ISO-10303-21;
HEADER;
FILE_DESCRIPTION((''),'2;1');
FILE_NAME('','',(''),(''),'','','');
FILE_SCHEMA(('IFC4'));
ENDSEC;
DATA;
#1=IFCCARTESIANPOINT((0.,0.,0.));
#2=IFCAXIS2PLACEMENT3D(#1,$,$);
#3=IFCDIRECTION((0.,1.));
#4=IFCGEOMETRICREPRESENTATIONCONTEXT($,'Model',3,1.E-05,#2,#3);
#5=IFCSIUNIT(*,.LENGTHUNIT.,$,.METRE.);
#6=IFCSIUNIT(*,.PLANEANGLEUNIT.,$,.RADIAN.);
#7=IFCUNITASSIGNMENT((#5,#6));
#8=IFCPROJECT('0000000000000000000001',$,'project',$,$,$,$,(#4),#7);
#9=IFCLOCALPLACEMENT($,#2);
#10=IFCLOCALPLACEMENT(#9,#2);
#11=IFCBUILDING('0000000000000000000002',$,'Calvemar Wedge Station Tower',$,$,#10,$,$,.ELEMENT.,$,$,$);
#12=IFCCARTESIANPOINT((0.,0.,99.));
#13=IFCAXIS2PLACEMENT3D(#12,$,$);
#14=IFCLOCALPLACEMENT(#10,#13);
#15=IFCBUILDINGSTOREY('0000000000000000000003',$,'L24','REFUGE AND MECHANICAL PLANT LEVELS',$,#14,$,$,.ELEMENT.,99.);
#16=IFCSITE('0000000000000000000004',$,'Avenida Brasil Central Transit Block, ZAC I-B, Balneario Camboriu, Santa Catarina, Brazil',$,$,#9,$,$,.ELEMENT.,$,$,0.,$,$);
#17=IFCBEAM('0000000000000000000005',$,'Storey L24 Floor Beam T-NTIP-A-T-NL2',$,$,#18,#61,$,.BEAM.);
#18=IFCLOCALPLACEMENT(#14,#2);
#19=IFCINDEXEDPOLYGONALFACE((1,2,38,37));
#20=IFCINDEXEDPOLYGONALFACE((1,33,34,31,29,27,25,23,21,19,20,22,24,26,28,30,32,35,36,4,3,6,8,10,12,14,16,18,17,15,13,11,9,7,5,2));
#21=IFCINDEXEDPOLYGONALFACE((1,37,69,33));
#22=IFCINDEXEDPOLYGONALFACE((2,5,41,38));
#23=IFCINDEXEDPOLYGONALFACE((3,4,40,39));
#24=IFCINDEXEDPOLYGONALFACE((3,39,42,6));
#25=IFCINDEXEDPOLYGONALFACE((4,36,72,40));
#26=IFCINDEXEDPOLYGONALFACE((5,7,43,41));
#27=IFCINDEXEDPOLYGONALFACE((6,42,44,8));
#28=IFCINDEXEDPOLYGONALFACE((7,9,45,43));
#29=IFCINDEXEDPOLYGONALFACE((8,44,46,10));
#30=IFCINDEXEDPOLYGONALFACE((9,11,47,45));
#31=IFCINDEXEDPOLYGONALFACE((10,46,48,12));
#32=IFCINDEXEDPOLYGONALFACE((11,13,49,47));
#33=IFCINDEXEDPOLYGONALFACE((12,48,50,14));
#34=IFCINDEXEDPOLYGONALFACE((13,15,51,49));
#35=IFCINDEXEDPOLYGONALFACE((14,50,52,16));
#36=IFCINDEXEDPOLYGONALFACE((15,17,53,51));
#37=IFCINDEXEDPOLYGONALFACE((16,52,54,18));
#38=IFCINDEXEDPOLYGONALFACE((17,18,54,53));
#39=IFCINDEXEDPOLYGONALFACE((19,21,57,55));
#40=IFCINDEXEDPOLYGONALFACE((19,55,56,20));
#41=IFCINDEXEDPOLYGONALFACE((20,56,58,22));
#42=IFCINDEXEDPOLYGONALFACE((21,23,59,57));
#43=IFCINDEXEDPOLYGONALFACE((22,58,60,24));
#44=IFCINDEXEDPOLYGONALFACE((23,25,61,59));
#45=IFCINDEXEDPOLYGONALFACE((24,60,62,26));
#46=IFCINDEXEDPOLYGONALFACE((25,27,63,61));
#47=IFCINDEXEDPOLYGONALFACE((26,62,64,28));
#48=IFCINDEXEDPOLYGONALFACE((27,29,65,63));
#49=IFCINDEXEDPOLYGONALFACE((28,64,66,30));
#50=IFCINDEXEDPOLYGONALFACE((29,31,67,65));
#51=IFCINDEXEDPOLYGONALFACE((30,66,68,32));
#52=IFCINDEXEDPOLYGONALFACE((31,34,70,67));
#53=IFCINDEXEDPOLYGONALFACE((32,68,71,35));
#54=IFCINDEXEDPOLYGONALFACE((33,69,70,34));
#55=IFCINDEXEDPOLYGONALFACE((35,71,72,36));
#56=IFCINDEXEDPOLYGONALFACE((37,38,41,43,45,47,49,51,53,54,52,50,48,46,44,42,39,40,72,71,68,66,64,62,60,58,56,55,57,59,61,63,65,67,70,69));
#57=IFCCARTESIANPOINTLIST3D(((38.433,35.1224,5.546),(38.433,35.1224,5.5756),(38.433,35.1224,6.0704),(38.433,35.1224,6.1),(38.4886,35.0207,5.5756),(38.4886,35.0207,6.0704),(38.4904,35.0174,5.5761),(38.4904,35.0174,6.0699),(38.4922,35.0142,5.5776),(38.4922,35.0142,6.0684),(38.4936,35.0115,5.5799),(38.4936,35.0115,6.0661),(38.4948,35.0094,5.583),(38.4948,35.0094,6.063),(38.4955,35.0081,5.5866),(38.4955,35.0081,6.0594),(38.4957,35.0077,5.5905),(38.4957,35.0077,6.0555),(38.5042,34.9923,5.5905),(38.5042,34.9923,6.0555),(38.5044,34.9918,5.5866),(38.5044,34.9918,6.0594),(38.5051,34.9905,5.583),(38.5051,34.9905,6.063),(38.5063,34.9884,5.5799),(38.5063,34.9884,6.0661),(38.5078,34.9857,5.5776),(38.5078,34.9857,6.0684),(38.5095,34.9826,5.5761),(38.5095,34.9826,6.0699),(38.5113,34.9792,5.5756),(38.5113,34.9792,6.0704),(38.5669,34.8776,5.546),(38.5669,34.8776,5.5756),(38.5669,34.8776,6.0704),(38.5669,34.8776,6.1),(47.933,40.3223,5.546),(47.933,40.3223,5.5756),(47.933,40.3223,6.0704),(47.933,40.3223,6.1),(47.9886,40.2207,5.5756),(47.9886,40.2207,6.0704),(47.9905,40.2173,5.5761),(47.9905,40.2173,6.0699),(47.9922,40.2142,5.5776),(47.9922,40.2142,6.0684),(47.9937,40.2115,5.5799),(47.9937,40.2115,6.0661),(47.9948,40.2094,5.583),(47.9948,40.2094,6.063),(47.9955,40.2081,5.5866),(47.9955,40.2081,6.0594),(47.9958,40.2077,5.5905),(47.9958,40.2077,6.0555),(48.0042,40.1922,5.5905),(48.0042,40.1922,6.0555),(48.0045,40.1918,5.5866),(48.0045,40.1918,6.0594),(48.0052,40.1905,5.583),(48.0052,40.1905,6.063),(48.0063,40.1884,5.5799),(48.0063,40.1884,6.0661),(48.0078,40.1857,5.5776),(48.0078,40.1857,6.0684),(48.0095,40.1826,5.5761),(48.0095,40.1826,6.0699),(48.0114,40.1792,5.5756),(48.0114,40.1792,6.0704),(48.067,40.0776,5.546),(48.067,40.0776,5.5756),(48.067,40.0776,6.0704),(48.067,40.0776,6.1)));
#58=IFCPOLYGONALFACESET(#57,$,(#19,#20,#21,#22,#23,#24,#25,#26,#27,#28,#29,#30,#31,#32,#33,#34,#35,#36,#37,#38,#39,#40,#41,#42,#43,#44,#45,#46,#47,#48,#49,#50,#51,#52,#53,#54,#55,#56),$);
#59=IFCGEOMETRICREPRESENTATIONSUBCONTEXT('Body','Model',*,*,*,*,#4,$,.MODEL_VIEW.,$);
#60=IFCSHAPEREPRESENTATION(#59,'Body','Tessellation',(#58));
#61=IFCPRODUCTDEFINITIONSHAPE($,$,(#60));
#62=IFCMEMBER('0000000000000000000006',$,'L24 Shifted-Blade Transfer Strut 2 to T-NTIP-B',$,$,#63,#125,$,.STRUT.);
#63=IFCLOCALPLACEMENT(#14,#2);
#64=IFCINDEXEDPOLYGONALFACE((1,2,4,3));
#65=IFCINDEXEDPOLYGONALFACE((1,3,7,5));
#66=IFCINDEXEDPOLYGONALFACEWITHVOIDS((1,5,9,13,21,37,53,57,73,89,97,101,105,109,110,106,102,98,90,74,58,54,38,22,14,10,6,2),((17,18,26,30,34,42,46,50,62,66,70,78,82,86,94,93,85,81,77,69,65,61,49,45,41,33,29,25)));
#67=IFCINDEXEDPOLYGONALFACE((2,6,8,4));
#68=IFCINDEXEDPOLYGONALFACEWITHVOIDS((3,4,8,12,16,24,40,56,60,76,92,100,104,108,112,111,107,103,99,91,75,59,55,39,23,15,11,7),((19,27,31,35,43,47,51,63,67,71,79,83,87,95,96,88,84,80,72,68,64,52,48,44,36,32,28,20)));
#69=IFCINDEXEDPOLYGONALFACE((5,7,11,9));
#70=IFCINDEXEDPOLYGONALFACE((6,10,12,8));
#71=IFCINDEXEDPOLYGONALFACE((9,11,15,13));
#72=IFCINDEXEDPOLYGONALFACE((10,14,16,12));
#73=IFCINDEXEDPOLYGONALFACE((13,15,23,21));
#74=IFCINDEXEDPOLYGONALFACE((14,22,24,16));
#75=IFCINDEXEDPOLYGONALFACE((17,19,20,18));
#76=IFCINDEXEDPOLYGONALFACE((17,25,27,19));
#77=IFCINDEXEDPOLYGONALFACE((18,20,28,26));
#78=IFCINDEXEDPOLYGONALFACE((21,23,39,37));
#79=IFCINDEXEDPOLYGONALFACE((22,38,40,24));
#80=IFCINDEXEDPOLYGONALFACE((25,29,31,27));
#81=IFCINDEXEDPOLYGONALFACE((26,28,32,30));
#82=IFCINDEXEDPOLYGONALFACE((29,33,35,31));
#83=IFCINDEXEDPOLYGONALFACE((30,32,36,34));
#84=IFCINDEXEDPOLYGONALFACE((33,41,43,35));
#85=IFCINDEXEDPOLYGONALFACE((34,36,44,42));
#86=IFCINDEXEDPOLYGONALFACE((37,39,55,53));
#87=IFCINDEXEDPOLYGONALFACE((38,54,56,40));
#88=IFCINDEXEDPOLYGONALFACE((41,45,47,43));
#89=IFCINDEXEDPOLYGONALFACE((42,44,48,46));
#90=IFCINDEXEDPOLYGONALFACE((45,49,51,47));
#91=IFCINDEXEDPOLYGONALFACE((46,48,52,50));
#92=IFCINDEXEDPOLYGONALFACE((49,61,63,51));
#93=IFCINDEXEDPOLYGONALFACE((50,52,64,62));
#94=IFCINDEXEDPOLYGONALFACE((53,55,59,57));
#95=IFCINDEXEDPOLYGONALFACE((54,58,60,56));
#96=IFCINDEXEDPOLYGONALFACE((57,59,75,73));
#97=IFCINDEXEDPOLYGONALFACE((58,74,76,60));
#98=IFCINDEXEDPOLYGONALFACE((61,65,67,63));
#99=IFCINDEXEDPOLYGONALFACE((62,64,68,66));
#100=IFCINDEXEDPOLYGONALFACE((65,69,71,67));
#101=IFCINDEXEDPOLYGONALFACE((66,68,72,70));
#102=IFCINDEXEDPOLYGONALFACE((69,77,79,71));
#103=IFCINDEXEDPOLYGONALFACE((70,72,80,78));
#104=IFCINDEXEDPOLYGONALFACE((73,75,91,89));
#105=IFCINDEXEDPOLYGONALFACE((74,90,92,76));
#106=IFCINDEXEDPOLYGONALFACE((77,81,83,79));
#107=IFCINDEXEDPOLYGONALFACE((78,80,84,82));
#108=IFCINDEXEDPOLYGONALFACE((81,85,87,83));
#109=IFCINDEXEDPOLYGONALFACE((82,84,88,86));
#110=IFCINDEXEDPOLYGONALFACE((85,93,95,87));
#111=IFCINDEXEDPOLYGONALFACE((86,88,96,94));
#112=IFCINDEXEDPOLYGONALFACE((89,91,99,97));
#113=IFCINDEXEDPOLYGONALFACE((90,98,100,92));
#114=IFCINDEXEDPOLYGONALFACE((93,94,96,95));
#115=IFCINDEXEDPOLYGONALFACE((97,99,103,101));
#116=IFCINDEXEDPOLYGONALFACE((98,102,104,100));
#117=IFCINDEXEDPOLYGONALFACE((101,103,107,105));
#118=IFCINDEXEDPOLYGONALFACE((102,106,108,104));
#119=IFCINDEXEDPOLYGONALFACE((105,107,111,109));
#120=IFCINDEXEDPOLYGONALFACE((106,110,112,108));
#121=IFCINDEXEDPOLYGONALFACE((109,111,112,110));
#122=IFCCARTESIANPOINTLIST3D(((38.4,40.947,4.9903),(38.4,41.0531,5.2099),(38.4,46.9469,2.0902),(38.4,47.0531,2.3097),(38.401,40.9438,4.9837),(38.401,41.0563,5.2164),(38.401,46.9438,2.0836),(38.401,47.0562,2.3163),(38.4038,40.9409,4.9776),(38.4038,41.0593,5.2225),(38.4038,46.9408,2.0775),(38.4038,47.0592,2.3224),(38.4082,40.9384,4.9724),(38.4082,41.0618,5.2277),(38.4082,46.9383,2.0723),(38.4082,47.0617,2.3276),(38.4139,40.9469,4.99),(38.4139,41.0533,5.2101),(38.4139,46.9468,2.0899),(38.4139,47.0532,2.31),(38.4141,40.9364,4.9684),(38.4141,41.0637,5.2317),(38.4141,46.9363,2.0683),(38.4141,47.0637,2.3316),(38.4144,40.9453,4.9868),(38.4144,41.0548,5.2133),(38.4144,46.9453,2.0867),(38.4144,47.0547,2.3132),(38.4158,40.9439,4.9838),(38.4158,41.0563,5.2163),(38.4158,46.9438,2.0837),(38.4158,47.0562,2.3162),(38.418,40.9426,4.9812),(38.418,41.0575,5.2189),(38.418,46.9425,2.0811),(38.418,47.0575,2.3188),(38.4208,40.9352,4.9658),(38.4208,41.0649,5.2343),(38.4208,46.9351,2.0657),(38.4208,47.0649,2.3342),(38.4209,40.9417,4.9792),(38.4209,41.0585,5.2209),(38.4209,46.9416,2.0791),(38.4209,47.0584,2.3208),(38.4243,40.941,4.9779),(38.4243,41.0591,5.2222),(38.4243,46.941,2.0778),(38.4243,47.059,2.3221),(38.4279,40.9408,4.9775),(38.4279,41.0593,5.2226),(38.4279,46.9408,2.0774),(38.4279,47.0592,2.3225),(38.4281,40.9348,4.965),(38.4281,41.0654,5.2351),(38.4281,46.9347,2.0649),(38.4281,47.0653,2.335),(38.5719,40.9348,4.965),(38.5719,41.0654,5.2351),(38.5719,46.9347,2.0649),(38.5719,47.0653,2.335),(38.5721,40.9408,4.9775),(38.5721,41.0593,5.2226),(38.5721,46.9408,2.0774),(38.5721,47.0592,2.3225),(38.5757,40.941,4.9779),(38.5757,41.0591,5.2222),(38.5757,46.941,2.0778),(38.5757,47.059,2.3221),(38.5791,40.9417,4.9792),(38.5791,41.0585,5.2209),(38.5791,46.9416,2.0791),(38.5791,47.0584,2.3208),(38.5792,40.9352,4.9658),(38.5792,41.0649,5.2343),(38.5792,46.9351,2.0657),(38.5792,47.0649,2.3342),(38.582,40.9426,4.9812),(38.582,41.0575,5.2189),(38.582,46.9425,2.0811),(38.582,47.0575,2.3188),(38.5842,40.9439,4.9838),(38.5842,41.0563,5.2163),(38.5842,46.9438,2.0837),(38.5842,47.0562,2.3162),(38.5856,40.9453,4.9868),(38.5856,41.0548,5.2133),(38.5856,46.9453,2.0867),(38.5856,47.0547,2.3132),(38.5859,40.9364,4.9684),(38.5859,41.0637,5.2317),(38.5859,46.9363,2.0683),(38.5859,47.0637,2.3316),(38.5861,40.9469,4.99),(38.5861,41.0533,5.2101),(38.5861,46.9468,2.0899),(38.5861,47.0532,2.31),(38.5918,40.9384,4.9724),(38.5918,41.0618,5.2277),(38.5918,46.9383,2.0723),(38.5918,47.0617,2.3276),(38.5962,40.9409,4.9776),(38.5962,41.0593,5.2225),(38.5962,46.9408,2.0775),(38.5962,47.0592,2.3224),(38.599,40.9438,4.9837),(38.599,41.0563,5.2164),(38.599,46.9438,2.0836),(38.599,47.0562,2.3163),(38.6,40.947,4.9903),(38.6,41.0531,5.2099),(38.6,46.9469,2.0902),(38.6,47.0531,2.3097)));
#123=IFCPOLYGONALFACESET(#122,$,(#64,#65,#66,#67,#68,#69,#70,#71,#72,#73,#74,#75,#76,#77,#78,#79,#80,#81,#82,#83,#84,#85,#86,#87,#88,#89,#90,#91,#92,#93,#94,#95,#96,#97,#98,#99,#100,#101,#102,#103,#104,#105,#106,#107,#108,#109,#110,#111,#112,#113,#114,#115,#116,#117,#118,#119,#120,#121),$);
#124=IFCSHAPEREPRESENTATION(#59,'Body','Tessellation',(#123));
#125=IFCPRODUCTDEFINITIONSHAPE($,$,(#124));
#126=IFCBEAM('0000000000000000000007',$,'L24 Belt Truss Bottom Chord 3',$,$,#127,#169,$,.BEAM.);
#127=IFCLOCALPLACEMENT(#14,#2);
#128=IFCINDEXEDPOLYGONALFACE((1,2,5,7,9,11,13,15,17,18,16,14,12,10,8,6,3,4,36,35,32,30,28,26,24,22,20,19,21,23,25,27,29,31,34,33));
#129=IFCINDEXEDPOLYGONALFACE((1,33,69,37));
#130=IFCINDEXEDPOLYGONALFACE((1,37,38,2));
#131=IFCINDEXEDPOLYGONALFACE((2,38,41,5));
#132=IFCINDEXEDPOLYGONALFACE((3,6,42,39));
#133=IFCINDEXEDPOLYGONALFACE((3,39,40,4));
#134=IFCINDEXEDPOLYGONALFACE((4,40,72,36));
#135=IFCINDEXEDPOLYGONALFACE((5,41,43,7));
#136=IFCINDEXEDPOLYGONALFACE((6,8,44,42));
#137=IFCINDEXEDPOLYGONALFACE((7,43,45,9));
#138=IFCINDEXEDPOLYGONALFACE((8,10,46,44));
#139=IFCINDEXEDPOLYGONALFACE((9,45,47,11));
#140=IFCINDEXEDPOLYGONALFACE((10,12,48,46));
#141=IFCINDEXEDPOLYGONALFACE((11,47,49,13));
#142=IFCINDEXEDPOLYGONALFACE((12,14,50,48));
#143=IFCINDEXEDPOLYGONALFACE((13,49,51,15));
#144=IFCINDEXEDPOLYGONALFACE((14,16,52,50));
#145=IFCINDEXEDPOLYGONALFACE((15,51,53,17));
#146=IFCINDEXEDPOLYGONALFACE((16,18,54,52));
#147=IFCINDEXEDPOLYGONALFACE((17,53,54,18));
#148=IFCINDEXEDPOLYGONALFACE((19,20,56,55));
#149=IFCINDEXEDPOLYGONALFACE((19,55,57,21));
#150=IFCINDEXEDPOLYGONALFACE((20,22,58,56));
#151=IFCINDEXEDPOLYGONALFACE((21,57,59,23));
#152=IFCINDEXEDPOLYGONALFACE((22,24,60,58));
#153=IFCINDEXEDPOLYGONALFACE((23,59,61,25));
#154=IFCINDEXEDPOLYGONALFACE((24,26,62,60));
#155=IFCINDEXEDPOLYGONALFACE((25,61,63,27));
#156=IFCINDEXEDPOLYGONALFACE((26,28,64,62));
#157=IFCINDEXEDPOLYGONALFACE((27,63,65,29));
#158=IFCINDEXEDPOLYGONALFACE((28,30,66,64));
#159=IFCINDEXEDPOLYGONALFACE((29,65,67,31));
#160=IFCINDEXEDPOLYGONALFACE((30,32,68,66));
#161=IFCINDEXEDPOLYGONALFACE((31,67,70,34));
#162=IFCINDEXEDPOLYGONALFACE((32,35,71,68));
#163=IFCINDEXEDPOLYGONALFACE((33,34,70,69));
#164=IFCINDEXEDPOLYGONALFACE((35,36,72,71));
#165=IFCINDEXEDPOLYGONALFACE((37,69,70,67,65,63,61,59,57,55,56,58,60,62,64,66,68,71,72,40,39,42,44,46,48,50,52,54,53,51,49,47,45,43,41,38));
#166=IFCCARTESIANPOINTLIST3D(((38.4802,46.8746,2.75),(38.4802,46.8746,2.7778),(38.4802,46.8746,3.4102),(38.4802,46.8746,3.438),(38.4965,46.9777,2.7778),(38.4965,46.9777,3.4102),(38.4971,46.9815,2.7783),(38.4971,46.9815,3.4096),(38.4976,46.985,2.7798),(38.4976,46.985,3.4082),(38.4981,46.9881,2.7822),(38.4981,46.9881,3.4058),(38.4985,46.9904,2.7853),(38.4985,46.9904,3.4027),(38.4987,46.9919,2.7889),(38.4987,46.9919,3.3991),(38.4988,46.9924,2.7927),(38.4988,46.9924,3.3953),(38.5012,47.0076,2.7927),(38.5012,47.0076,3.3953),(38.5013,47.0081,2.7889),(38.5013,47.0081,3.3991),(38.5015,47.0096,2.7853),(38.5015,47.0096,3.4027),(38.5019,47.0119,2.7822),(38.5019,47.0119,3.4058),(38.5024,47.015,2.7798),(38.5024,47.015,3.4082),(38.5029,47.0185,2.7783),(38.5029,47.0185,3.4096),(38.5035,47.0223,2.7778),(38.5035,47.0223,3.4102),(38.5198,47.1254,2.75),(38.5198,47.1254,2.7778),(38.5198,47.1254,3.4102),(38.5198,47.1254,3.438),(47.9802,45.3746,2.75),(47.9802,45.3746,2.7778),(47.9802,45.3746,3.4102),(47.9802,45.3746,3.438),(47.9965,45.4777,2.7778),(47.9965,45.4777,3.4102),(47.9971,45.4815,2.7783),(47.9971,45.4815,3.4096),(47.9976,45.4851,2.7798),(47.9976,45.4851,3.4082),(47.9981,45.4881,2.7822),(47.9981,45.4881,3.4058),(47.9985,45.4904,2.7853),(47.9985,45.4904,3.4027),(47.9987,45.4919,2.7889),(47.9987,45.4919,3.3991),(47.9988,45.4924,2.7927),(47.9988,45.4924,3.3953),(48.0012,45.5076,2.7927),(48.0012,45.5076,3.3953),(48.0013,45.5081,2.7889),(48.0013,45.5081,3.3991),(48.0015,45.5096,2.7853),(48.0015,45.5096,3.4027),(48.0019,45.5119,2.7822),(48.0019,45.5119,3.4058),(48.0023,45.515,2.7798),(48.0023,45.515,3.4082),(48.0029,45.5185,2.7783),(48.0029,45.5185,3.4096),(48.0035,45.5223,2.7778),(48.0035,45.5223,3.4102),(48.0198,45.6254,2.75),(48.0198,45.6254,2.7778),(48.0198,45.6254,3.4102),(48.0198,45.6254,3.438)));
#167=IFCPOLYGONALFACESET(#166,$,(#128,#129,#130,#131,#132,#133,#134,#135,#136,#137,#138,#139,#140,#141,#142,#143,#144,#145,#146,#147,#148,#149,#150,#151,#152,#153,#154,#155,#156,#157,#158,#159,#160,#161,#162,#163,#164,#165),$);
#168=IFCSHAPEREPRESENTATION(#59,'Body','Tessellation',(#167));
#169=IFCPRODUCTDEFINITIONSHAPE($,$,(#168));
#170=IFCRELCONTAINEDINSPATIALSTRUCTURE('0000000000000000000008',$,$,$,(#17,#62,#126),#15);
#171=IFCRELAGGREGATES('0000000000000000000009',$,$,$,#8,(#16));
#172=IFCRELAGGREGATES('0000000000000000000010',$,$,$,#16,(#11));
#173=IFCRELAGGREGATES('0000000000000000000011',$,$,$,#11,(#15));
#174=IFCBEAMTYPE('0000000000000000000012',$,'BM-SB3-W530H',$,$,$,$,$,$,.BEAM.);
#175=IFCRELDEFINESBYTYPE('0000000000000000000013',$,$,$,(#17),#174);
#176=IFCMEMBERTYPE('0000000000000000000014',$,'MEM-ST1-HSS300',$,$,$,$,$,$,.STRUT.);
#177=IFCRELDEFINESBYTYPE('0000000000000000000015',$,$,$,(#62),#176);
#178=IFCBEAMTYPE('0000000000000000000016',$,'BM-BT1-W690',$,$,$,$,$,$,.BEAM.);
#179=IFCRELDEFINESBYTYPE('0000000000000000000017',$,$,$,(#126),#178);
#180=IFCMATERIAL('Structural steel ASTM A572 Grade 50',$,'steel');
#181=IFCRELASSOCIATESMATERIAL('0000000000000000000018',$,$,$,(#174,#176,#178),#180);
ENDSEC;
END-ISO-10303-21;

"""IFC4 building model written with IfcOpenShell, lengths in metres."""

from ifc_helpers import new_model, si_unit, direction, frame, origin, origin_2d, place, context, subcontext, project, spatial, hollow_rectangle, i_section, extrude, source, transform, mapped, material, material_profile, profile_set, type_object, element, save


model = new_model("IFC4")

# Units and contexts
model_context = context("Model", 3, precision=1e-05, world=origin(), true_north=direction((0.0, 1.0)))
body_context = subcontext(model_context, "Body", "Model", "MODEL_VIEW")
ifc_project = project(units=[si_unit("LENGTHUNIT", "METRE"), si_unit("PLANEANGLEUNIT", "RADIAN")], contexts=[model_context])

# Site, building, storey
site_placement = place(None, origin())
site = spatial("IfcSite", under=ifc_project, at=site_placement, Name="Avenida Brasil Central Transit Block, ZAC I-B, Balneario Camboriu, Santa Catarina, Brazil", CompositionType="ELEMENT", RefElevation=0.0)
building_placement = place(site_placement, origin())
building = spatial("IfcBuilding", under=site, at=building_placement, Name="Calvemar Wedge Station Tower", CompositionType="ELEMENT")
storey_placement = place(building_placement, frame((0.0, 0.0, 99.0)))
storey = spatial("IfcBuildingStorey", under=building, at=storey_placement, Name="L24", Description="REFUGE AND MECHANICAL PLANT LEVELS", CompositionType="ELEMENT", Elevation=99.0)

# Beam
ifc_material_1 = material(Name="Structural steel ASTM A572 Grade 50", Category="steel")
ifc_material_profile_1 = material_profile(ifc_material_1, i_section(OverallWidth=0.2791, OverallDepth=0.554, WebThickness=0.0176, FlangeThickness=0.0295, FilletRadius=0.0149, at=origin_2d()), Name="W530x196")
ifc_profile_set_1 = profile_set([ifc_material_profile_1], Name="Structural steel ASTM A572 Grade 50")
beam_type_1 = type_object("IfcBeamType", Name="BM-SB3-W530H", PredefinedType="BEAM", material=ifc_profile_set_1)
shared_shape_1 = source(origin(), body_context, "Body", "SweptSolid", [
    extrude(i_section(OverallWidth=0.2791, OverallDepth=0.554, WebThickness=0.0176, FlangeThickness=0.0295, FilletRadius=0.0149, at=origin_2d()), origin(), (0.0, 0.0, 1.0), 10.8301),
])
beam_1_placement = place(storey_placement, frame((48.0, 40.2, 5.823), z_axis=(-0.877191, -0.480142, 0.0), x_axis=(0.480142, -0.877191, 0.0)))
element("IfcBeam", 1, at=beam_1_placement, inside=storey, type_object=beam_type_1, Name="Storey L24 Floor Beam T-NTIP-A-T-NL2", PredefinedType="BEAM", context=body_context, shape_type="MappedRepresentation", body=[
    mapped(shared_shape_1, transform((0.0, 0.0, 0.0), scale=1.0)),
])

# Member
ifc_material_profile_2 = material_profile(ifc_material_1, hollow_rectangle(XDim=0.2, YDim=0.3, WallThickness=0.0139, InnerFilletRadius=0.0139, OuterFilletRadius=0.0281, at=origin_2d()), Name="HSS300x200x14")
ifc_profile_set_2 = profile_set([ifc_material_profile_2], Name="Structural steel ASTM A572 Grade 50")
member_type_1 = type_object("IfcMemberType", Name="MEM-ST1-HSS300", PredefinedType="STRUT", material=ifc_profile_set_2)
shared_shape_2 = source(origin(), body_context, "Body", "SweptSolid", [
    extrude(hollow_rectangle(XDim=0.2, YDim=0.3, WallThickness=0.0139, InnerFilletRadius=0.0139, OuterFilletRadius=0.0281, at=origin_2d()), origin(), (0.0, 0.0, 1.0), 6.6641),
])
member_placement = place(storey_placement, frame((38.5, 47.0, 2.2), z_axis=(0.0, -0.90034, 0.435186), x_axis=(1.0, 0.0, 0.0)))
element("IfcMember", 2, at=member_placement, inside=storey, type_object=member_type_1, Name="L24 Shifted-Blade Transfer Strut 2 to T-NTIP-B", PredefinedType="STRUT", context=body_context, shape_type="MappedRepresentation", body=[
    mapped(shared_shape_2, transform((0.0, 0.0, 0.0), scale=1.0)),
])

# Beam
ifc_material_profile_3 = material_profile(ifc_material_1, i_section(OverallWidth=0.2539, OverallDepth=0.688, WebThickness=0.0154, FlangeThickness=0.0278, FilletRadius=0.0149, at=origin_2d()), Name="W690x192")
ifc_profile_set_3 = profile_set([ifc_material_profile_3], Name="Structural steel ASTM A572 Grade 50")
beam_type_2 = type_object("IfcBeamType", Name="BM-BT1-W690", PredefinedType="BEAM", material=ifc_profile_set_3)
shared_shape_3 = source(origin(), body_context, "Body", "SweptSolid", [
    extrude(i_section(OverallWidth=0.2539, OverallDepth=0.688, WebThickness=0.0154, FlangeThickness=0.0278, FilletRadius=0.0149, at=origin_2d()), origin(), (0.0, 0.0, 1.0), 9.6177),
])
beam_2_placement = place(storey_placement, frame((38.5, 47.0, 3.094), z_axis=(0.987763, -0.155963, 0.0), x_axis=(0.155963, 0.987763, 0.0)))
element("IfcBeam", 3, at=beam_2_placement, inside=storey, type_object=beam_type_2, Name="L24 Belt Truss Bottom Chord 3", PredefinedType="BEAM", context=body_context, shape_type="MappedRepresentation", body=[
    mapped(shared_shape_3, transform((0.0, 0.0, 0.0), scale=1.0)),
])

save(model, "model.ifc")
